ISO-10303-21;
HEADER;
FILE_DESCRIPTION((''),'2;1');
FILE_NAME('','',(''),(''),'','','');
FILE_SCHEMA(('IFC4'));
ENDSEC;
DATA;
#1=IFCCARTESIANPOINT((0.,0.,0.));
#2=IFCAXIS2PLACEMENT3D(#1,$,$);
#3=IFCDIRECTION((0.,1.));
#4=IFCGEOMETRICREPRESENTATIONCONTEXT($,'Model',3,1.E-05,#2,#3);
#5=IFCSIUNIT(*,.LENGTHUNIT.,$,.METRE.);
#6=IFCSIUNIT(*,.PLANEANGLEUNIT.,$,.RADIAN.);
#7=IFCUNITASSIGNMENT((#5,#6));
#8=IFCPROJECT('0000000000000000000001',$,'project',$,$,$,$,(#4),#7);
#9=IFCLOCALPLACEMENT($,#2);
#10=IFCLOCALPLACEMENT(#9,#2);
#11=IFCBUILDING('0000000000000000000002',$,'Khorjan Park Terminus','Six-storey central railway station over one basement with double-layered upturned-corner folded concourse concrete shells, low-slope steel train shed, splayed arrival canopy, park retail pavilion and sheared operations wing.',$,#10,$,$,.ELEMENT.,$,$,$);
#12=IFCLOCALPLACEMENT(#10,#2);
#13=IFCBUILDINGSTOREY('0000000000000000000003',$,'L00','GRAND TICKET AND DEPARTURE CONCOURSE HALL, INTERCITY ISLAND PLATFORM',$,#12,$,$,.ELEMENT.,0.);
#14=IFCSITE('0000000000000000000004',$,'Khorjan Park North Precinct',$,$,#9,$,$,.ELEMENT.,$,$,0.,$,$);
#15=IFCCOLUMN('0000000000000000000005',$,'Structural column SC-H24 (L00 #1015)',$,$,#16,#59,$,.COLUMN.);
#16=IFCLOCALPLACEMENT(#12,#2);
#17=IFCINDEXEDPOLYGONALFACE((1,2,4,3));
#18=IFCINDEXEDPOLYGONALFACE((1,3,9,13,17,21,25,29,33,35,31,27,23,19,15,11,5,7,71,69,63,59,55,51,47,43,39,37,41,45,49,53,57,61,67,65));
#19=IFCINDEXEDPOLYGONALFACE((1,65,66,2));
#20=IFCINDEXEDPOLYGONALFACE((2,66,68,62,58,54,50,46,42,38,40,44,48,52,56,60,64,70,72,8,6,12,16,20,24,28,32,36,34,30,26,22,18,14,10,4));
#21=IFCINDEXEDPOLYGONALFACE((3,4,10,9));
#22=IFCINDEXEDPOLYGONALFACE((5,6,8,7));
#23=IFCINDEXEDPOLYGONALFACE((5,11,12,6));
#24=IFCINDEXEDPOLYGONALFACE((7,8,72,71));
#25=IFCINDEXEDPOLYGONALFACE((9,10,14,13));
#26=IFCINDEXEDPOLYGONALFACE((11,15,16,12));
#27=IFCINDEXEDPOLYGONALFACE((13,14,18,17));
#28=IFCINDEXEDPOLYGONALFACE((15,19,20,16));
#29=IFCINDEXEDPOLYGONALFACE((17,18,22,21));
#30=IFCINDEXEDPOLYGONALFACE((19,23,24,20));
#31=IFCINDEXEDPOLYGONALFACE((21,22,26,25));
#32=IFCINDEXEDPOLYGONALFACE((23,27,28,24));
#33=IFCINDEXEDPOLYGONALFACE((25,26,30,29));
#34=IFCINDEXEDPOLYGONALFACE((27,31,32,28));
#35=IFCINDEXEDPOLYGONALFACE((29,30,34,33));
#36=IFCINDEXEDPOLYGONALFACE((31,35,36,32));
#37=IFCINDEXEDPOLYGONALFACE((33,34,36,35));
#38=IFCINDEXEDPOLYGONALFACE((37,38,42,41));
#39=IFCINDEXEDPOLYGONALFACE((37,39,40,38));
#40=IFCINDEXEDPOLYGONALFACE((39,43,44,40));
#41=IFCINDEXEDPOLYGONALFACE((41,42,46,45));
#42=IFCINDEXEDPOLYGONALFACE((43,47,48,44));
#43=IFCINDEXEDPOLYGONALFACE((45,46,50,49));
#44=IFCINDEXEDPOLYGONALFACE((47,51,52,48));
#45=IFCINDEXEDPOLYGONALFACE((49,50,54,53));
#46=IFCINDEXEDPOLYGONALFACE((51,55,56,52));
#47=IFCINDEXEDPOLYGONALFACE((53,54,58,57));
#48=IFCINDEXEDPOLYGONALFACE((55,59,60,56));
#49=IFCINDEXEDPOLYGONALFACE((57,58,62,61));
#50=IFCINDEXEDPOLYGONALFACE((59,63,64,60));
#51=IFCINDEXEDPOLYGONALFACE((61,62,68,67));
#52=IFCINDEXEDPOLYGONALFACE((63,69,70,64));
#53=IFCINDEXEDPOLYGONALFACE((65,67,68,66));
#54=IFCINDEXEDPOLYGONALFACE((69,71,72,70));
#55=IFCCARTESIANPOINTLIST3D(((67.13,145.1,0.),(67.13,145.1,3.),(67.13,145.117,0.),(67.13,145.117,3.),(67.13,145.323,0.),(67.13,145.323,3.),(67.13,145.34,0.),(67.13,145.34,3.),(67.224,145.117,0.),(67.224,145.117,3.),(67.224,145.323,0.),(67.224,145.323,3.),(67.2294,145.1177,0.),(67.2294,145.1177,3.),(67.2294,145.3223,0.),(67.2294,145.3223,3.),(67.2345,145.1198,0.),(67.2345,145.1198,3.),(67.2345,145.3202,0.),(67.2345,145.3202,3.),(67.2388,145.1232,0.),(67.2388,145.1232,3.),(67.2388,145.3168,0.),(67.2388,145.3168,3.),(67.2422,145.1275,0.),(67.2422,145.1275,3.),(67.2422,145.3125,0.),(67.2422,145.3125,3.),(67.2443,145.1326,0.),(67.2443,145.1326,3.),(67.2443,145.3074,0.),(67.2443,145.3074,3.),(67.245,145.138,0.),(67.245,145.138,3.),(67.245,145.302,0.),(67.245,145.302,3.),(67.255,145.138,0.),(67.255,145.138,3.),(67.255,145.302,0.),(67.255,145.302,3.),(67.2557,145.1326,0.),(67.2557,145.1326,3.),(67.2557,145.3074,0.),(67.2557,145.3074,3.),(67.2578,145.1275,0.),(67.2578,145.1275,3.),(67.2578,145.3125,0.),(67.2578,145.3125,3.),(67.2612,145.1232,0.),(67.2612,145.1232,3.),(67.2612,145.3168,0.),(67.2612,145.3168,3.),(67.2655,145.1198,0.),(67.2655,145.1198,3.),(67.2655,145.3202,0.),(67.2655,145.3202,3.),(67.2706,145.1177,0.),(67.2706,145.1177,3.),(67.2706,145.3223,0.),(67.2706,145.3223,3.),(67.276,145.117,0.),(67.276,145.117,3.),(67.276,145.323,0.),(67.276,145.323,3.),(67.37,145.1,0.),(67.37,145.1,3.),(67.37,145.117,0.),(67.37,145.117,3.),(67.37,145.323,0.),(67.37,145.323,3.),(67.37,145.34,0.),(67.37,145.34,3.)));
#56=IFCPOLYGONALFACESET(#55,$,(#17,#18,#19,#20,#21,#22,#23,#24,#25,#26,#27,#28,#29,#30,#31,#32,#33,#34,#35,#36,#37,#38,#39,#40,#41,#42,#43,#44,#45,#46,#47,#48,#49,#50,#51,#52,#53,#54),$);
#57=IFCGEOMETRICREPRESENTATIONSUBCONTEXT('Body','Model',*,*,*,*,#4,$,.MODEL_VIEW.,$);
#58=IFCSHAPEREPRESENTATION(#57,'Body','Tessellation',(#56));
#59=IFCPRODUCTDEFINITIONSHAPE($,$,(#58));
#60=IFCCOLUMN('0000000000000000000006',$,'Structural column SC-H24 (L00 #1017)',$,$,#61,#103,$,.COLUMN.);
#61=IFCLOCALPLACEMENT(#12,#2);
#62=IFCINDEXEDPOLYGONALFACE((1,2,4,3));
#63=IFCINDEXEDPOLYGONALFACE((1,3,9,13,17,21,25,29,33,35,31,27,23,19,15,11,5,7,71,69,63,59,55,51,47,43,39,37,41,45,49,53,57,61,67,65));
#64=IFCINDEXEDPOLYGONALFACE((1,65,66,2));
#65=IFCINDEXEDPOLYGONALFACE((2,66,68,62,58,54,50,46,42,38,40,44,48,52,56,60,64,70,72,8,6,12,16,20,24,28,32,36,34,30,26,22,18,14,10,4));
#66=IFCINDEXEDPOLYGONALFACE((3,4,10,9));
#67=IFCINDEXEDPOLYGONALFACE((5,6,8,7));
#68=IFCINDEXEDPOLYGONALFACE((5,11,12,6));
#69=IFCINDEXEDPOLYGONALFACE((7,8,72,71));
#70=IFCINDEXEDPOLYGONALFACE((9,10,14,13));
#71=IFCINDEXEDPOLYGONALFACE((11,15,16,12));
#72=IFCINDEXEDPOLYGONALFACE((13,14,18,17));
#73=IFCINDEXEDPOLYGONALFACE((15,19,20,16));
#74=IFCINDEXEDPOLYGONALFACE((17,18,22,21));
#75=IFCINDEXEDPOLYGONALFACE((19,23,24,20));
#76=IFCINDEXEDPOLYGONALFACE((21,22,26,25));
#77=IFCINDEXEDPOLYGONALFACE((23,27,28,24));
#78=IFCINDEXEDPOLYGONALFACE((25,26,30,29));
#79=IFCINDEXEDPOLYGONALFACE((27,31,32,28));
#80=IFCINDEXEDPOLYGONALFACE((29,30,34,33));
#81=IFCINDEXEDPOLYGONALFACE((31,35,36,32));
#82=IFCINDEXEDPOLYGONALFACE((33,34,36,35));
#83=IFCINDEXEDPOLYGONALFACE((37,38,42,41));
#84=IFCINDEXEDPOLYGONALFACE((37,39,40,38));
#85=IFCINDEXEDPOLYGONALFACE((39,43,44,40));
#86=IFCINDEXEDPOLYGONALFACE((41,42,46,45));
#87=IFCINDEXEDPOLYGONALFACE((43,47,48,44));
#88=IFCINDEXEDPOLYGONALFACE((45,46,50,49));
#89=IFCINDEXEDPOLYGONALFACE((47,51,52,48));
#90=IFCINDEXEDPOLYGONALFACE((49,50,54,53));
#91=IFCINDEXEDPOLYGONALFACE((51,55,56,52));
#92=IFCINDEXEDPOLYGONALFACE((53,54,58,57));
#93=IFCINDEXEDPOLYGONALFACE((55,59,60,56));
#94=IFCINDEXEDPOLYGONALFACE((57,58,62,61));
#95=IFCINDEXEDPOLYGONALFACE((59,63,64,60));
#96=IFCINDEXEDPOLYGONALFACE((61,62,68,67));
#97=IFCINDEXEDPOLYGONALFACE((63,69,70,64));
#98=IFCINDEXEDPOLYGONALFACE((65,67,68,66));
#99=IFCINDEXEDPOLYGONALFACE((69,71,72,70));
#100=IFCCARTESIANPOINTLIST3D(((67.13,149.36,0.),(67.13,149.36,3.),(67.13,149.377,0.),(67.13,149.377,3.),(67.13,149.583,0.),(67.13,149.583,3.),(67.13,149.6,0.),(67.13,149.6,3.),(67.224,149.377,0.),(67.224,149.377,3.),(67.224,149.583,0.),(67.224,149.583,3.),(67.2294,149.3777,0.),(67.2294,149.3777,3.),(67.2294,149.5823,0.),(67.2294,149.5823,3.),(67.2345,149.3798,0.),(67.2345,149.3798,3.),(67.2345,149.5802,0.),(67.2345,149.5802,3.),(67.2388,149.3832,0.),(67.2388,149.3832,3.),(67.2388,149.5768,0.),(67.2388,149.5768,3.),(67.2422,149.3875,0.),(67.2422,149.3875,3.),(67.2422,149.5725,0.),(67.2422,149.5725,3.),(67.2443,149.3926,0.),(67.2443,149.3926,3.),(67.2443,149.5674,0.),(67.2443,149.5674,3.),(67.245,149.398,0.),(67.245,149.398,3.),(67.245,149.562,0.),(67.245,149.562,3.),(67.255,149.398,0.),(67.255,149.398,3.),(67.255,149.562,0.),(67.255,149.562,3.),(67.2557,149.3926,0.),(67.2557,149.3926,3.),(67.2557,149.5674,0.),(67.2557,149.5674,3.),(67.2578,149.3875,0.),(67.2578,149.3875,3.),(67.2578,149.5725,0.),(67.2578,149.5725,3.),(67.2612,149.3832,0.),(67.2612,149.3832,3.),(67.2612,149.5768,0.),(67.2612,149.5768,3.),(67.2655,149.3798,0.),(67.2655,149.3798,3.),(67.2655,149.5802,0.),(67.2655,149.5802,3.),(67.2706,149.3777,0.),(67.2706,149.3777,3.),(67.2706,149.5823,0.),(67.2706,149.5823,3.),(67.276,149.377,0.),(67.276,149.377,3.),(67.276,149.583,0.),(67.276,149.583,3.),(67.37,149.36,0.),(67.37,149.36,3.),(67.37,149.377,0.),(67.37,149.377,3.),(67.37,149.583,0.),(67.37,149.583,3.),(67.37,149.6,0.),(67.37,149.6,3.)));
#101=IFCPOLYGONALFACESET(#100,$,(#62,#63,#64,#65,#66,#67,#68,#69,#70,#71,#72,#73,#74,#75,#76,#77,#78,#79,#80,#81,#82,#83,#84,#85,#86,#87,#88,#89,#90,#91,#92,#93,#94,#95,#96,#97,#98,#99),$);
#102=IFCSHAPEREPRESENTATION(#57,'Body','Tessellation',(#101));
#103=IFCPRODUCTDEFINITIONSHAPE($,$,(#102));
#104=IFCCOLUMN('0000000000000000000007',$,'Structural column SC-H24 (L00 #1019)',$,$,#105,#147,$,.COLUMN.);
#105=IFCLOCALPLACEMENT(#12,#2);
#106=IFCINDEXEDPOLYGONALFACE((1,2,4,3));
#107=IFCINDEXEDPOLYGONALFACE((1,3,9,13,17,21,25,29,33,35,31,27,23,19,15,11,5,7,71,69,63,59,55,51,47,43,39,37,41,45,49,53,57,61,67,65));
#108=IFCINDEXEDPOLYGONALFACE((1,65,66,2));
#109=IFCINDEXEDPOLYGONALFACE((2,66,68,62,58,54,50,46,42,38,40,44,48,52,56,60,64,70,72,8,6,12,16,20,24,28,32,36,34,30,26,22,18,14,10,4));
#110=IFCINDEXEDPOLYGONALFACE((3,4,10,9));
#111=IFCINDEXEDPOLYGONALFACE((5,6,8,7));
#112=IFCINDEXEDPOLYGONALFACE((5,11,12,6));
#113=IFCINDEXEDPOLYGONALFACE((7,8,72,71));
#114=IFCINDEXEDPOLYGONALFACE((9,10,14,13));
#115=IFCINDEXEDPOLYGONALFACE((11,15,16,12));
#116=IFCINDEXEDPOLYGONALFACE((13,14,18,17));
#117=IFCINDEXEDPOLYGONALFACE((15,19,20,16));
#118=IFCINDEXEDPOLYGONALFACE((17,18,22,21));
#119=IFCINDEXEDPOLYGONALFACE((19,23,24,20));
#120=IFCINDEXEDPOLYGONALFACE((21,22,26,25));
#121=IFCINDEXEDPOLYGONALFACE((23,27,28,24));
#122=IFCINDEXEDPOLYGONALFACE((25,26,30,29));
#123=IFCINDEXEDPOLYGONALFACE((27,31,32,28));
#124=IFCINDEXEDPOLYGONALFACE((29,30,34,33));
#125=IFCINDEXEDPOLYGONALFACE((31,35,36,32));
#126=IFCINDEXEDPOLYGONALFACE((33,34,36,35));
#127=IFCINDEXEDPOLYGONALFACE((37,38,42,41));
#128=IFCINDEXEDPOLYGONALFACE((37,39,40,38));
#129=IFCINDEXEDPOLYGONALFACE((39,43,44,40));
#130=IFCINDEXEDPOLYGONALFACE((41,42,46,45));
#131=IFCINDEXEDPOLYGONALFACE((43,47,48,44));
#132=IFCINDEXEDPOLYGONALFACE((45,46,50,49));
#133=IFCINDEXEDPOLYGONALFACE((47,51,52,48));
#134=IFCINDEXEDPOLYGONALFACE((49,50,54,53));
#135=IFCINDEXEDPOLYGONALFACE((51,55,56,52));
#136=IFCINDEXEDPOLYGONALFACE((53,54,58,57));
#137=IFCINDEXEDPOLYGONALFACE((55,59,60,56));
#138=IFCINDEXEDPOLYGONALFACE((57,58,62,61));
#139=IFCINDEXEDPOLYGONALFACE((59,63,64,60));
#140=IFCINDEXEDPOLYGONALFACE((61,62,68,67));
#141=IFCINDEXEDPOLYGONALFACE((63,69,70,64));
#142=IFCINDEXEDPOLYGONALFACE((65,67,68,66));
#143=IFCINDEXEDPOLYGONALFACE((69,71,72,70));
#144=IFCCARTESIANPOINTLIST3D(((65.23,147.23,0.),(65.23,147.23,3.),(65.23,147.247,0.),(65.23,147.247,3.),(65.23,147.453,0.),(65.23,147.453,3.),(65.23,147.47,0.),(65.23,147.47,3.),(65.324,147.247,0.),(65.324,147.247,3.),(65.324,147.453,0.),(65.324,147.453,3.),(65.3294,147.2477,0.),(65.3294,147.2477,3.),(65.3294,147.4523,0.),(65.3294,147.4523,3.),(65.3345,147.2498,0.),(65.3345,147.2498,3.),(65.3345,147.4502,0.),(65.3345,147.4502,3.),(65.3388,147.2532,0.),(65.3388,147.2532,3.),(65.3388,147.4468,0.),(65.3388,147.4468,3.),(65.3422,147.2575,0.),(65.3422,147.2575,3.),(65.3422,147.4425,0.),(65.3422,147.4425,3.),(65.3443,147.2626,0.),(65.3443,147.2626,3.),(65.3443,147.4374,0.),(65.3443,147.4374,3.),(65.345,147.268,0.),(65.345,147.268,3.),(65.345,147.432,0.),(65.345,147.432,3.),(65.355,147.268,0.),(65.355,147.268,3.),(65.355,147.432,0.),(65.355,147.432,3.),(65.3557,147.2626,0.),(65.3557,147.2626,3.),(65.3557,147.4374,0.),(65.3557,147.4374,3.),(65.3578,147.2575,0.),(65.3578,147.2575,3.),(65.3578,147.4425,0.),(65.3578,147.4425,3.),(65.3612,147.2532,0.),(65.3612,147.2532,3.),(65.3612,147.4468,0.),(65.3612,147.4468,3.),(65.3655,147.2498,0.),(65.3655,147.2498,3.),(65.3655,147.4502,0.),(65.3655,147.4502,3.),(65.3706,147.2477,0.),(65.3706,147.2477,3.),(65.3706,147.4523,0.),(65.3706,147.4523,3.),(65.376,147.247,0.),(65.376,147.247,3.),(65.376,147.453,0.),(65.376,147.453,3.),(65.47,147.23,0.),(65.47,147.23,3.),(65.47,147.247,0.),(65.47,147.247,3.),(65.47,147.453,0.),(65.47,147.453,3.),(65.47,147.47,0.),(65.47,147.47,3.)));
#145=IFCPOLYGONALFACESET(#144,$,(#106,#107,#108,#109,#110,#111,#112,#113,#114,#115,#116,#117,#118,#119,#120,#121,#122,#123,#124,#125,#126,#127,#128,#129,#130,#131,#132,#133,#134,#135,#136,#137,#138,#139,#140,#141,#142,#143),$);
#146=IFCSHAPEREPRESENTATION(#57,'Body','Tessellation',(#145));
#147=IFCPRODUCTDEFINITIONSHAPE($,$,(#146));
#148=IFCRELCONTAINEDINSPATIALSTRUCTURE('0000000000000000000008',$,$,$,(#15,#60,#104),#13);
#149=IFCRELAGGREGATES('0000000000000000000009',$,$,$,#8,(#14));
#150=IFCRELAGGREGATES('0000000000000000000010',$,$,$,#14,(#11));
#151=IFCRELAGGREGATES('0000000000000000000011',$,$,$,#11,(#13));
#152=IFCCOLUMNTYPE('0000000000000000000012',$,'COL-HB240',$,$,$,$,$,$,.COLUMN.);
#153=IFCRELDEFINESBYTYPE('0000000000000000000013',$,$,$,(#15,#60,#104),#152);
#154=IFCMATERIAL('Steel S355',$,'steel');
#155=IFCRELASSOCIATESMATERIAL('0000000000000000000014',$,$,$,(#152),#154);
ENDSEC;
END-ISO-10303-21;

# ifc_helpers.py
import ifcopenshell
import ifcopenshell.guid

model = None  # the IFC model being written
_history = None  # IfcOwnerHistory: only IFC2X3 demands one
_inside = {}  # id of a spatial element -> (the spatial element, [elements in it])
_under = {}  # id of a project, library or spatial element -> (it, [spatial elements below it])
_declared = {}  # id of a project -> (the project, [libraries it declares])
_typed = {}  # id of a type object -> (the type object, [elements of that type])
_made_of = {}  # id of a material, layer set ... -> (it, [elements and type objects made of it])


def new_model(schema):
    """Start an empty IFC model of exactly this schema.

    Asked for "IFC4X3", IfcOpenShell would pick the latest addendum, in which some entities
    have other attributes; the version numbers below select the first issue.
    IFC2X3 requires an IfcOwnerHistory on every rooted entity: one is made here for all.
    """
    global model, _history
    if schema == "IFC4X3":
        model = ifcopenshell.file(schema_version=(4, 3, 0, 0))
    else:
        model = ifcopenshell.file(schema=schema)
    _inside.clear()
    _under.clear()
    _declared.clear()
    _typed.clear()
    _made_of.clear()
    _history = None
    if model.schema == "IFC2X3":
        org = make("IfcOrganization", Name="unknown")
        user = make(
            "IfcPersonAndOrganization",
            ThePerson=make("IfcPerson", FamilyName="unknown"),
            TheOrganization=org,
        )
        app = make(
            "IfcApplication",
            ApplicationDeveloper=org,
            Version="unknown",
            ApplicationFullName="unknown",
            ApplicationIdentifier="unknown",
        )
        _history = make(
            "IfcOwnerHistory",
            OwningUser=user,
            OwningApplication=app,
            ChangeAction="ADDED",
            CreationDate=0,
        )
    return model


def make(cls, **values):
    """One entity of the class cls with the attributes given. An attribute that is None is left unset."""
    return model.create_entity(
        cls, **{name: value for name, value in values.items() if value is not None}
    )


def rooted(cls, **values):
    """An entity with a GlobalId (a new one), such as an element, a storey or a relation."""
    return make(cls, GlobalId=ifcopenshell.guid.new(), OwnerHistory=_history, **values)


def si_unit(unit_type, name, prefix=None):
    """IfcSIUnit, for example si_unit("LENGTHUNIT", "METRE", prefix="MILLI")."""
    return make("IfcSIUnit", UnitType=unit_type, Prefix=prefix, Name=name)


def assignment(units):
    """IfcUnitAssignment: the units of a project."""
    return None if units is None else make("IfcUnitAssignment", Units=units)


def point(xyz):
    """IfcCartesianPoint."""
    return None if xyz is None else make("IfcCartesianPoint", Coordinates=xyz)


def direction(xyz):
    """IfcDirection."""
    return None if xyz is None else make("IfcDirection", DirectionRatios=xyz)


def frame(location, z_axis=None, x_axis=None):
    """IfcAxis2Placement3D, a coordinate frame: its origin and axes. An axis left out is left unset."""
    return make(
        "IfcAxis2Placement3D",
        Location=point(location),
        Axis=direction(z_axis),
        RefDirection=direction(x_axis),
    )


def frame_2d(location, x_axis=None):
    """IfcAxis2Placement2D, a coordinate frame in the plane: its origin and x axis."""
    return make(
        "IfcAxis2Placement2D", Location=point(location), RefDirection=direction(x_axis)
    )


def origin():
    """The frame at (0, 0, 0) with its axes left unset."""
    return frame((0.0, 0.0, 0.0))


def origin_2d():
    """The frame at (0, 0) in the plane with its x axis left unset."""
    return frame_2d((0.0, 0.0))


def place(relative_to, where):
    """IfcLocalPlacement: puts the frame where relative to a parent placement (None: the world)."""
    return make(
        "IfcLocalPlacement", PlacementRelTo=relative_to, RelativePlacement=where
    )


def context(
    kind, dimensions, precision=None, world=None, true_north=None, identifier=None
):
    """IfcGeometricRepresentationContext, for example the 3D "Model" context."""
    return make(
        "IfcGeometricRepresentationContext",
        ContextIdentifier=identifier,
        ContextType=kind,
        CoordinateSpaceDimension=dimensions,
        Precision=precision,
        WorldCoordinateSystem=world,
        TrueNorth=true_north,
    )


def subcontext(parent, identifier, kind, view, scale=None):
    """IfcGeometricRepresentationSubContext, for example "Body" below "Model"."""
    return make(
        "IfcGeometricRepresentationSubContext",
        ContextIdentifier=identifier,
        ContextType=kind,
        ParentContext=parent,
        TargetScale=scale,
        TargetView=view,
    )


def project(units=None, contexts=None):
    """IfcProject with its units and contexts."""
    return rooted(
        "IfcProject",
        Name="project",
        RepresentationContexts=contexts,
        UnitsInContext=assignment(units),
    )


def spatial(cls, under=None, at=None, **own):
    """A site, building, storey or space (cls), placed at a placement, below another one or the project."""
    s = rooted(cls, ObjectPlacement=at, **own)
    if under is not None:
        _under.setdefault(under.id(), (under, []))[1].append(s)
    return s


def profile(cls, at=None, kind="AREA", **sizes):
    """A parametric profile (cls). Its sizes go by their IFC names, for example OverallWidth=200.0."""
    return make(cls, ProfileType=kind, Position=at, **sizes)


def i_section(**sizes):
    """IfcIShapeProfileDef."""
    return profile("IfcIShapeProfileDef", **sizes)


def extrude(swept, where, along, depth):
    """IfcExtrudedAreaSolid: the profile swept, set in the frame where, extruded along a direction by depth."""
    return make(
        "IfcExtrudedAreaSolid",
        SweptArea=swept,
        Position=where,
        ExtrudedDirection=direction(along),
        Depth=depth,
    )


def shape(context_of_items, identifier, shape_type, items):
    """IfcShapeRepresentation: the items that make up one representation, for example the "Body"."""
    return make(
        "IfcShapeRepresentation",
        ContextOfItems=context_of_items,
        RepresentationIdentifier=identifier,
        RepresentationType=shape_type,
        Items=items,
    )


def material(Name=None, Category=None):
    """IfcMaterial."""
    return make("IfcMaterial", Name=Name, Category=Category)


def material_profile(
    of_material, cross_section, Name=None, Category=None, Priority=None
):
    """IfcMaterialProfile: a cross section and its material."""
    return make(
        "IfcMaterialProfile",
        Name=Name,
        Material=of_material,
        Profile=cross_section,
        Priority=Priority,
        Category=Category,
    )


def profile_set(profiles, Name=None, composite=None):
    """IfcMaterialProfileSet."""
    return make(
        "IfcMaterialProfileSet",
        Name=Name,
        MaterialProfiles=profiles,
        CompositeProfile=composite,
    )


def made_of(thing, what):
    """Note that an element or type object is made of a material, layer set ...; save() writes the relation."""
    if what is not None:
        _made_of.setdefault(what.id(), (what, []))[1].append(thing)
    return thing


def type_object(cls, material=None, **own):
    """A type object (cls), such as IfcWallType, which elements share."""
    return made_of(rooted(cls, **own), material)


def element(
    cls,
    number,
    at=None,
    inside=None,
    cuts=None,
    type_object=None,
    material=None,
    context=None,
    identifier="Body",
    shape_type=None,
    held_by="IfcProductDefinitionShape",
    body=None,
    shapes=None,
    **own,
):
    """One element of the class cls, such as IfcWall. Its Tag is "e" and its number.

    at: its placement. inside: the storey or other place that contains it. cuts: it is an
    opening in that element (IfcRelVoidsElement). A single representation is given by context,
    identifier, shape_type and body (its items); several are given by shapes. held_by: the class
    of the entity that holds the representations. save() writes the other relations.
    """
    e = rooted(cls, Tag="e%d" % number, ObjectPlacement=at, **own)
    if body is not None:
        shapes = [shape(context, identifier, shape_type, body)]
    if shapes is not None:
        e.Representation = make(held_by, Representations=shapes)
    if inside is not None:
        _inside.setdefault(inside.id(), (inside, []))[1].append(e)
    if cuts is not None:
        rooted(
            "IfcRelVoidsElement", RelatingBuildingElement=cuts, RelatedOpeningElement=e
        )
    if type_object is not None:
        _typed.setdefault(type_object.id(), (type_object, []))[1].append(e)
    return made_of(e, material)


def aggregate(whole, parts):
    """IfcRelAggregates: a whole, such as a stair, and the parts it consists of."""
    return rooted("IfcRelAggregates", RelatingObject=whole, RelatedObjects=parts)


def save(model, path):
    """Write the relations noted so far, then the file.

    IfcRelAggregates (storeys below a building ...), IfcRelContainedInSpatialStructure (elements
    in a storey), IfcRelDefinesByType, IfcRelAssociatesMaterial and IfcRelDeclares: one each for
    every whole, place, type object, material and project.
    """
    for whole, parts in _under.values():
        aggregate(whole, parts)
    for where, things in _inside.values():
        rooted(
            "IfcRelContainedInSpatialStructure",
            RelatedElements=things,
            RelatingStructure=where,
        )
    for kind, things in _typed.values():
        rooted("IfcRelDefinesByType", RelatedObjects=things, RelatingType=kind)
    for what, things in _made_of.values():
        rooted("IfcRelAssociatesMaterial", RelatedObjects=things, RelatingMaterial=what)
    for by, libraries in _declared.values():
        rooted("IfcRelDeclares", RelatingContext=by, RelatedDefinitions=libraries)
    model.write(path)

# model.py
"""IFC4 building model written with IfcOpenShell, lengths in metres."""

from ifc_helpers import new_model, si_unit, direction, frame, origin, origin_2d, place, context, subcontext, project, spatial, i_section, extrude, material, material_profile, profile_set, type_object, element, save


model = new_model("IFC4")

# Units and contexts
model_context = context("Model", 3, precision=1e-05, world=origin(), true_north=direction((0.0, 1.0)))
body_context = subcontext(model_context, "Body", "Model", "MODEL_VIEW")
ifc_project = project(units=[si_unit("LENGTHUNIT", "METRE"), si_unit("PLANEANGLEUNIT", "RADIAN")], contexts=[model_context])

# Site, building, storey
site_placement = place(None, origin())
site = spatial("IfcSite", under=ifc_project, at=site_placement, Name="Khorjan Park North Precinct", CompositionType="ELEMENT", RefElevation=0.0)
building_placement = place(site_placement, origin())
building = spatial("IfcBuilding", under=site, at=building_placement, Name="Khorjan Park Terminus", Description="Six-storey central railway station over one basement with double-layered upturned-corner folded concourse concrete shells, low-slope steel train shed, splayed arrival canopy, park retail pavilion and sheared operations wing.", CompositionType="ELEMENT")
storey_placement = place(building_placement, origin())
storey = spatial("IfcBuildingStorey", under=building, at=storey_placement, Name="L00", Description="GRAND TICKET AND DEPARTURE CONCOURSE HALL, INTERCITY ISLAND PLATFORM", CompositionType="ELEMENT", Elevation=0.0)

# Columns
ifc_material_1 = material(Name="Steel S355", Category="steel")
ifc_material_profile_1 = material_profile(ifc_material_1, i_section(OverallWidth=0.24, OverallDepth=0.24, WebThickness=0.01, FlangeThickness=0.017, FilletRadius=0.021, at=origin_2d()), Name="HEB 240")
ifc_profile_set_1 = profile_set([ifc_material_profile_1], Name="Steel S355")
column_type_1 = type_object("IfcColumnType", Name="COL-HB240", PredefinedType="COLUMN", material=ifc_profile_set_1)
for number, where, z_axis, x_axis, name in (
    (1, (67.25, 145.22, 0.0), (0.0, 0.0, 1.0), (1.0, 0.0, 0.0), "Structural column SC-H24 (L00 #1015)"),
    (2, (67.25, 149.48, 0.0), (0.0, 0.0, 1.0), (1.0, 0.0, 0.0), "Structural column SC-H24 (L00 #1017)"),
    (3, (65.35, 147.35, 0.0), (0.0, 0.0, 1.0), (1.0, 0.0, 0.0), "Structural column SC-H24 (L00 #1019)"),
):
    element("IfcColumn", number, at=place(storey_placement, frame(where, z_axis=z_axis, x_axis=x_axis)), inside=storey, type_object=column_type_1, Name=name, PredefinedType="COLUMN", context=body_context, shape_type="SweptSolid", body=[
        extrude(i_section(OverallWidth=0.24, OverallDepth=0.24, WebThickness=0.01, FlangeThickness=0.017, FilletRadius=0.021, at=origin_2d()), origin(), (0.0, 0.0, 1.0), 3.0),
    ])

save(model, "model.ifc")
